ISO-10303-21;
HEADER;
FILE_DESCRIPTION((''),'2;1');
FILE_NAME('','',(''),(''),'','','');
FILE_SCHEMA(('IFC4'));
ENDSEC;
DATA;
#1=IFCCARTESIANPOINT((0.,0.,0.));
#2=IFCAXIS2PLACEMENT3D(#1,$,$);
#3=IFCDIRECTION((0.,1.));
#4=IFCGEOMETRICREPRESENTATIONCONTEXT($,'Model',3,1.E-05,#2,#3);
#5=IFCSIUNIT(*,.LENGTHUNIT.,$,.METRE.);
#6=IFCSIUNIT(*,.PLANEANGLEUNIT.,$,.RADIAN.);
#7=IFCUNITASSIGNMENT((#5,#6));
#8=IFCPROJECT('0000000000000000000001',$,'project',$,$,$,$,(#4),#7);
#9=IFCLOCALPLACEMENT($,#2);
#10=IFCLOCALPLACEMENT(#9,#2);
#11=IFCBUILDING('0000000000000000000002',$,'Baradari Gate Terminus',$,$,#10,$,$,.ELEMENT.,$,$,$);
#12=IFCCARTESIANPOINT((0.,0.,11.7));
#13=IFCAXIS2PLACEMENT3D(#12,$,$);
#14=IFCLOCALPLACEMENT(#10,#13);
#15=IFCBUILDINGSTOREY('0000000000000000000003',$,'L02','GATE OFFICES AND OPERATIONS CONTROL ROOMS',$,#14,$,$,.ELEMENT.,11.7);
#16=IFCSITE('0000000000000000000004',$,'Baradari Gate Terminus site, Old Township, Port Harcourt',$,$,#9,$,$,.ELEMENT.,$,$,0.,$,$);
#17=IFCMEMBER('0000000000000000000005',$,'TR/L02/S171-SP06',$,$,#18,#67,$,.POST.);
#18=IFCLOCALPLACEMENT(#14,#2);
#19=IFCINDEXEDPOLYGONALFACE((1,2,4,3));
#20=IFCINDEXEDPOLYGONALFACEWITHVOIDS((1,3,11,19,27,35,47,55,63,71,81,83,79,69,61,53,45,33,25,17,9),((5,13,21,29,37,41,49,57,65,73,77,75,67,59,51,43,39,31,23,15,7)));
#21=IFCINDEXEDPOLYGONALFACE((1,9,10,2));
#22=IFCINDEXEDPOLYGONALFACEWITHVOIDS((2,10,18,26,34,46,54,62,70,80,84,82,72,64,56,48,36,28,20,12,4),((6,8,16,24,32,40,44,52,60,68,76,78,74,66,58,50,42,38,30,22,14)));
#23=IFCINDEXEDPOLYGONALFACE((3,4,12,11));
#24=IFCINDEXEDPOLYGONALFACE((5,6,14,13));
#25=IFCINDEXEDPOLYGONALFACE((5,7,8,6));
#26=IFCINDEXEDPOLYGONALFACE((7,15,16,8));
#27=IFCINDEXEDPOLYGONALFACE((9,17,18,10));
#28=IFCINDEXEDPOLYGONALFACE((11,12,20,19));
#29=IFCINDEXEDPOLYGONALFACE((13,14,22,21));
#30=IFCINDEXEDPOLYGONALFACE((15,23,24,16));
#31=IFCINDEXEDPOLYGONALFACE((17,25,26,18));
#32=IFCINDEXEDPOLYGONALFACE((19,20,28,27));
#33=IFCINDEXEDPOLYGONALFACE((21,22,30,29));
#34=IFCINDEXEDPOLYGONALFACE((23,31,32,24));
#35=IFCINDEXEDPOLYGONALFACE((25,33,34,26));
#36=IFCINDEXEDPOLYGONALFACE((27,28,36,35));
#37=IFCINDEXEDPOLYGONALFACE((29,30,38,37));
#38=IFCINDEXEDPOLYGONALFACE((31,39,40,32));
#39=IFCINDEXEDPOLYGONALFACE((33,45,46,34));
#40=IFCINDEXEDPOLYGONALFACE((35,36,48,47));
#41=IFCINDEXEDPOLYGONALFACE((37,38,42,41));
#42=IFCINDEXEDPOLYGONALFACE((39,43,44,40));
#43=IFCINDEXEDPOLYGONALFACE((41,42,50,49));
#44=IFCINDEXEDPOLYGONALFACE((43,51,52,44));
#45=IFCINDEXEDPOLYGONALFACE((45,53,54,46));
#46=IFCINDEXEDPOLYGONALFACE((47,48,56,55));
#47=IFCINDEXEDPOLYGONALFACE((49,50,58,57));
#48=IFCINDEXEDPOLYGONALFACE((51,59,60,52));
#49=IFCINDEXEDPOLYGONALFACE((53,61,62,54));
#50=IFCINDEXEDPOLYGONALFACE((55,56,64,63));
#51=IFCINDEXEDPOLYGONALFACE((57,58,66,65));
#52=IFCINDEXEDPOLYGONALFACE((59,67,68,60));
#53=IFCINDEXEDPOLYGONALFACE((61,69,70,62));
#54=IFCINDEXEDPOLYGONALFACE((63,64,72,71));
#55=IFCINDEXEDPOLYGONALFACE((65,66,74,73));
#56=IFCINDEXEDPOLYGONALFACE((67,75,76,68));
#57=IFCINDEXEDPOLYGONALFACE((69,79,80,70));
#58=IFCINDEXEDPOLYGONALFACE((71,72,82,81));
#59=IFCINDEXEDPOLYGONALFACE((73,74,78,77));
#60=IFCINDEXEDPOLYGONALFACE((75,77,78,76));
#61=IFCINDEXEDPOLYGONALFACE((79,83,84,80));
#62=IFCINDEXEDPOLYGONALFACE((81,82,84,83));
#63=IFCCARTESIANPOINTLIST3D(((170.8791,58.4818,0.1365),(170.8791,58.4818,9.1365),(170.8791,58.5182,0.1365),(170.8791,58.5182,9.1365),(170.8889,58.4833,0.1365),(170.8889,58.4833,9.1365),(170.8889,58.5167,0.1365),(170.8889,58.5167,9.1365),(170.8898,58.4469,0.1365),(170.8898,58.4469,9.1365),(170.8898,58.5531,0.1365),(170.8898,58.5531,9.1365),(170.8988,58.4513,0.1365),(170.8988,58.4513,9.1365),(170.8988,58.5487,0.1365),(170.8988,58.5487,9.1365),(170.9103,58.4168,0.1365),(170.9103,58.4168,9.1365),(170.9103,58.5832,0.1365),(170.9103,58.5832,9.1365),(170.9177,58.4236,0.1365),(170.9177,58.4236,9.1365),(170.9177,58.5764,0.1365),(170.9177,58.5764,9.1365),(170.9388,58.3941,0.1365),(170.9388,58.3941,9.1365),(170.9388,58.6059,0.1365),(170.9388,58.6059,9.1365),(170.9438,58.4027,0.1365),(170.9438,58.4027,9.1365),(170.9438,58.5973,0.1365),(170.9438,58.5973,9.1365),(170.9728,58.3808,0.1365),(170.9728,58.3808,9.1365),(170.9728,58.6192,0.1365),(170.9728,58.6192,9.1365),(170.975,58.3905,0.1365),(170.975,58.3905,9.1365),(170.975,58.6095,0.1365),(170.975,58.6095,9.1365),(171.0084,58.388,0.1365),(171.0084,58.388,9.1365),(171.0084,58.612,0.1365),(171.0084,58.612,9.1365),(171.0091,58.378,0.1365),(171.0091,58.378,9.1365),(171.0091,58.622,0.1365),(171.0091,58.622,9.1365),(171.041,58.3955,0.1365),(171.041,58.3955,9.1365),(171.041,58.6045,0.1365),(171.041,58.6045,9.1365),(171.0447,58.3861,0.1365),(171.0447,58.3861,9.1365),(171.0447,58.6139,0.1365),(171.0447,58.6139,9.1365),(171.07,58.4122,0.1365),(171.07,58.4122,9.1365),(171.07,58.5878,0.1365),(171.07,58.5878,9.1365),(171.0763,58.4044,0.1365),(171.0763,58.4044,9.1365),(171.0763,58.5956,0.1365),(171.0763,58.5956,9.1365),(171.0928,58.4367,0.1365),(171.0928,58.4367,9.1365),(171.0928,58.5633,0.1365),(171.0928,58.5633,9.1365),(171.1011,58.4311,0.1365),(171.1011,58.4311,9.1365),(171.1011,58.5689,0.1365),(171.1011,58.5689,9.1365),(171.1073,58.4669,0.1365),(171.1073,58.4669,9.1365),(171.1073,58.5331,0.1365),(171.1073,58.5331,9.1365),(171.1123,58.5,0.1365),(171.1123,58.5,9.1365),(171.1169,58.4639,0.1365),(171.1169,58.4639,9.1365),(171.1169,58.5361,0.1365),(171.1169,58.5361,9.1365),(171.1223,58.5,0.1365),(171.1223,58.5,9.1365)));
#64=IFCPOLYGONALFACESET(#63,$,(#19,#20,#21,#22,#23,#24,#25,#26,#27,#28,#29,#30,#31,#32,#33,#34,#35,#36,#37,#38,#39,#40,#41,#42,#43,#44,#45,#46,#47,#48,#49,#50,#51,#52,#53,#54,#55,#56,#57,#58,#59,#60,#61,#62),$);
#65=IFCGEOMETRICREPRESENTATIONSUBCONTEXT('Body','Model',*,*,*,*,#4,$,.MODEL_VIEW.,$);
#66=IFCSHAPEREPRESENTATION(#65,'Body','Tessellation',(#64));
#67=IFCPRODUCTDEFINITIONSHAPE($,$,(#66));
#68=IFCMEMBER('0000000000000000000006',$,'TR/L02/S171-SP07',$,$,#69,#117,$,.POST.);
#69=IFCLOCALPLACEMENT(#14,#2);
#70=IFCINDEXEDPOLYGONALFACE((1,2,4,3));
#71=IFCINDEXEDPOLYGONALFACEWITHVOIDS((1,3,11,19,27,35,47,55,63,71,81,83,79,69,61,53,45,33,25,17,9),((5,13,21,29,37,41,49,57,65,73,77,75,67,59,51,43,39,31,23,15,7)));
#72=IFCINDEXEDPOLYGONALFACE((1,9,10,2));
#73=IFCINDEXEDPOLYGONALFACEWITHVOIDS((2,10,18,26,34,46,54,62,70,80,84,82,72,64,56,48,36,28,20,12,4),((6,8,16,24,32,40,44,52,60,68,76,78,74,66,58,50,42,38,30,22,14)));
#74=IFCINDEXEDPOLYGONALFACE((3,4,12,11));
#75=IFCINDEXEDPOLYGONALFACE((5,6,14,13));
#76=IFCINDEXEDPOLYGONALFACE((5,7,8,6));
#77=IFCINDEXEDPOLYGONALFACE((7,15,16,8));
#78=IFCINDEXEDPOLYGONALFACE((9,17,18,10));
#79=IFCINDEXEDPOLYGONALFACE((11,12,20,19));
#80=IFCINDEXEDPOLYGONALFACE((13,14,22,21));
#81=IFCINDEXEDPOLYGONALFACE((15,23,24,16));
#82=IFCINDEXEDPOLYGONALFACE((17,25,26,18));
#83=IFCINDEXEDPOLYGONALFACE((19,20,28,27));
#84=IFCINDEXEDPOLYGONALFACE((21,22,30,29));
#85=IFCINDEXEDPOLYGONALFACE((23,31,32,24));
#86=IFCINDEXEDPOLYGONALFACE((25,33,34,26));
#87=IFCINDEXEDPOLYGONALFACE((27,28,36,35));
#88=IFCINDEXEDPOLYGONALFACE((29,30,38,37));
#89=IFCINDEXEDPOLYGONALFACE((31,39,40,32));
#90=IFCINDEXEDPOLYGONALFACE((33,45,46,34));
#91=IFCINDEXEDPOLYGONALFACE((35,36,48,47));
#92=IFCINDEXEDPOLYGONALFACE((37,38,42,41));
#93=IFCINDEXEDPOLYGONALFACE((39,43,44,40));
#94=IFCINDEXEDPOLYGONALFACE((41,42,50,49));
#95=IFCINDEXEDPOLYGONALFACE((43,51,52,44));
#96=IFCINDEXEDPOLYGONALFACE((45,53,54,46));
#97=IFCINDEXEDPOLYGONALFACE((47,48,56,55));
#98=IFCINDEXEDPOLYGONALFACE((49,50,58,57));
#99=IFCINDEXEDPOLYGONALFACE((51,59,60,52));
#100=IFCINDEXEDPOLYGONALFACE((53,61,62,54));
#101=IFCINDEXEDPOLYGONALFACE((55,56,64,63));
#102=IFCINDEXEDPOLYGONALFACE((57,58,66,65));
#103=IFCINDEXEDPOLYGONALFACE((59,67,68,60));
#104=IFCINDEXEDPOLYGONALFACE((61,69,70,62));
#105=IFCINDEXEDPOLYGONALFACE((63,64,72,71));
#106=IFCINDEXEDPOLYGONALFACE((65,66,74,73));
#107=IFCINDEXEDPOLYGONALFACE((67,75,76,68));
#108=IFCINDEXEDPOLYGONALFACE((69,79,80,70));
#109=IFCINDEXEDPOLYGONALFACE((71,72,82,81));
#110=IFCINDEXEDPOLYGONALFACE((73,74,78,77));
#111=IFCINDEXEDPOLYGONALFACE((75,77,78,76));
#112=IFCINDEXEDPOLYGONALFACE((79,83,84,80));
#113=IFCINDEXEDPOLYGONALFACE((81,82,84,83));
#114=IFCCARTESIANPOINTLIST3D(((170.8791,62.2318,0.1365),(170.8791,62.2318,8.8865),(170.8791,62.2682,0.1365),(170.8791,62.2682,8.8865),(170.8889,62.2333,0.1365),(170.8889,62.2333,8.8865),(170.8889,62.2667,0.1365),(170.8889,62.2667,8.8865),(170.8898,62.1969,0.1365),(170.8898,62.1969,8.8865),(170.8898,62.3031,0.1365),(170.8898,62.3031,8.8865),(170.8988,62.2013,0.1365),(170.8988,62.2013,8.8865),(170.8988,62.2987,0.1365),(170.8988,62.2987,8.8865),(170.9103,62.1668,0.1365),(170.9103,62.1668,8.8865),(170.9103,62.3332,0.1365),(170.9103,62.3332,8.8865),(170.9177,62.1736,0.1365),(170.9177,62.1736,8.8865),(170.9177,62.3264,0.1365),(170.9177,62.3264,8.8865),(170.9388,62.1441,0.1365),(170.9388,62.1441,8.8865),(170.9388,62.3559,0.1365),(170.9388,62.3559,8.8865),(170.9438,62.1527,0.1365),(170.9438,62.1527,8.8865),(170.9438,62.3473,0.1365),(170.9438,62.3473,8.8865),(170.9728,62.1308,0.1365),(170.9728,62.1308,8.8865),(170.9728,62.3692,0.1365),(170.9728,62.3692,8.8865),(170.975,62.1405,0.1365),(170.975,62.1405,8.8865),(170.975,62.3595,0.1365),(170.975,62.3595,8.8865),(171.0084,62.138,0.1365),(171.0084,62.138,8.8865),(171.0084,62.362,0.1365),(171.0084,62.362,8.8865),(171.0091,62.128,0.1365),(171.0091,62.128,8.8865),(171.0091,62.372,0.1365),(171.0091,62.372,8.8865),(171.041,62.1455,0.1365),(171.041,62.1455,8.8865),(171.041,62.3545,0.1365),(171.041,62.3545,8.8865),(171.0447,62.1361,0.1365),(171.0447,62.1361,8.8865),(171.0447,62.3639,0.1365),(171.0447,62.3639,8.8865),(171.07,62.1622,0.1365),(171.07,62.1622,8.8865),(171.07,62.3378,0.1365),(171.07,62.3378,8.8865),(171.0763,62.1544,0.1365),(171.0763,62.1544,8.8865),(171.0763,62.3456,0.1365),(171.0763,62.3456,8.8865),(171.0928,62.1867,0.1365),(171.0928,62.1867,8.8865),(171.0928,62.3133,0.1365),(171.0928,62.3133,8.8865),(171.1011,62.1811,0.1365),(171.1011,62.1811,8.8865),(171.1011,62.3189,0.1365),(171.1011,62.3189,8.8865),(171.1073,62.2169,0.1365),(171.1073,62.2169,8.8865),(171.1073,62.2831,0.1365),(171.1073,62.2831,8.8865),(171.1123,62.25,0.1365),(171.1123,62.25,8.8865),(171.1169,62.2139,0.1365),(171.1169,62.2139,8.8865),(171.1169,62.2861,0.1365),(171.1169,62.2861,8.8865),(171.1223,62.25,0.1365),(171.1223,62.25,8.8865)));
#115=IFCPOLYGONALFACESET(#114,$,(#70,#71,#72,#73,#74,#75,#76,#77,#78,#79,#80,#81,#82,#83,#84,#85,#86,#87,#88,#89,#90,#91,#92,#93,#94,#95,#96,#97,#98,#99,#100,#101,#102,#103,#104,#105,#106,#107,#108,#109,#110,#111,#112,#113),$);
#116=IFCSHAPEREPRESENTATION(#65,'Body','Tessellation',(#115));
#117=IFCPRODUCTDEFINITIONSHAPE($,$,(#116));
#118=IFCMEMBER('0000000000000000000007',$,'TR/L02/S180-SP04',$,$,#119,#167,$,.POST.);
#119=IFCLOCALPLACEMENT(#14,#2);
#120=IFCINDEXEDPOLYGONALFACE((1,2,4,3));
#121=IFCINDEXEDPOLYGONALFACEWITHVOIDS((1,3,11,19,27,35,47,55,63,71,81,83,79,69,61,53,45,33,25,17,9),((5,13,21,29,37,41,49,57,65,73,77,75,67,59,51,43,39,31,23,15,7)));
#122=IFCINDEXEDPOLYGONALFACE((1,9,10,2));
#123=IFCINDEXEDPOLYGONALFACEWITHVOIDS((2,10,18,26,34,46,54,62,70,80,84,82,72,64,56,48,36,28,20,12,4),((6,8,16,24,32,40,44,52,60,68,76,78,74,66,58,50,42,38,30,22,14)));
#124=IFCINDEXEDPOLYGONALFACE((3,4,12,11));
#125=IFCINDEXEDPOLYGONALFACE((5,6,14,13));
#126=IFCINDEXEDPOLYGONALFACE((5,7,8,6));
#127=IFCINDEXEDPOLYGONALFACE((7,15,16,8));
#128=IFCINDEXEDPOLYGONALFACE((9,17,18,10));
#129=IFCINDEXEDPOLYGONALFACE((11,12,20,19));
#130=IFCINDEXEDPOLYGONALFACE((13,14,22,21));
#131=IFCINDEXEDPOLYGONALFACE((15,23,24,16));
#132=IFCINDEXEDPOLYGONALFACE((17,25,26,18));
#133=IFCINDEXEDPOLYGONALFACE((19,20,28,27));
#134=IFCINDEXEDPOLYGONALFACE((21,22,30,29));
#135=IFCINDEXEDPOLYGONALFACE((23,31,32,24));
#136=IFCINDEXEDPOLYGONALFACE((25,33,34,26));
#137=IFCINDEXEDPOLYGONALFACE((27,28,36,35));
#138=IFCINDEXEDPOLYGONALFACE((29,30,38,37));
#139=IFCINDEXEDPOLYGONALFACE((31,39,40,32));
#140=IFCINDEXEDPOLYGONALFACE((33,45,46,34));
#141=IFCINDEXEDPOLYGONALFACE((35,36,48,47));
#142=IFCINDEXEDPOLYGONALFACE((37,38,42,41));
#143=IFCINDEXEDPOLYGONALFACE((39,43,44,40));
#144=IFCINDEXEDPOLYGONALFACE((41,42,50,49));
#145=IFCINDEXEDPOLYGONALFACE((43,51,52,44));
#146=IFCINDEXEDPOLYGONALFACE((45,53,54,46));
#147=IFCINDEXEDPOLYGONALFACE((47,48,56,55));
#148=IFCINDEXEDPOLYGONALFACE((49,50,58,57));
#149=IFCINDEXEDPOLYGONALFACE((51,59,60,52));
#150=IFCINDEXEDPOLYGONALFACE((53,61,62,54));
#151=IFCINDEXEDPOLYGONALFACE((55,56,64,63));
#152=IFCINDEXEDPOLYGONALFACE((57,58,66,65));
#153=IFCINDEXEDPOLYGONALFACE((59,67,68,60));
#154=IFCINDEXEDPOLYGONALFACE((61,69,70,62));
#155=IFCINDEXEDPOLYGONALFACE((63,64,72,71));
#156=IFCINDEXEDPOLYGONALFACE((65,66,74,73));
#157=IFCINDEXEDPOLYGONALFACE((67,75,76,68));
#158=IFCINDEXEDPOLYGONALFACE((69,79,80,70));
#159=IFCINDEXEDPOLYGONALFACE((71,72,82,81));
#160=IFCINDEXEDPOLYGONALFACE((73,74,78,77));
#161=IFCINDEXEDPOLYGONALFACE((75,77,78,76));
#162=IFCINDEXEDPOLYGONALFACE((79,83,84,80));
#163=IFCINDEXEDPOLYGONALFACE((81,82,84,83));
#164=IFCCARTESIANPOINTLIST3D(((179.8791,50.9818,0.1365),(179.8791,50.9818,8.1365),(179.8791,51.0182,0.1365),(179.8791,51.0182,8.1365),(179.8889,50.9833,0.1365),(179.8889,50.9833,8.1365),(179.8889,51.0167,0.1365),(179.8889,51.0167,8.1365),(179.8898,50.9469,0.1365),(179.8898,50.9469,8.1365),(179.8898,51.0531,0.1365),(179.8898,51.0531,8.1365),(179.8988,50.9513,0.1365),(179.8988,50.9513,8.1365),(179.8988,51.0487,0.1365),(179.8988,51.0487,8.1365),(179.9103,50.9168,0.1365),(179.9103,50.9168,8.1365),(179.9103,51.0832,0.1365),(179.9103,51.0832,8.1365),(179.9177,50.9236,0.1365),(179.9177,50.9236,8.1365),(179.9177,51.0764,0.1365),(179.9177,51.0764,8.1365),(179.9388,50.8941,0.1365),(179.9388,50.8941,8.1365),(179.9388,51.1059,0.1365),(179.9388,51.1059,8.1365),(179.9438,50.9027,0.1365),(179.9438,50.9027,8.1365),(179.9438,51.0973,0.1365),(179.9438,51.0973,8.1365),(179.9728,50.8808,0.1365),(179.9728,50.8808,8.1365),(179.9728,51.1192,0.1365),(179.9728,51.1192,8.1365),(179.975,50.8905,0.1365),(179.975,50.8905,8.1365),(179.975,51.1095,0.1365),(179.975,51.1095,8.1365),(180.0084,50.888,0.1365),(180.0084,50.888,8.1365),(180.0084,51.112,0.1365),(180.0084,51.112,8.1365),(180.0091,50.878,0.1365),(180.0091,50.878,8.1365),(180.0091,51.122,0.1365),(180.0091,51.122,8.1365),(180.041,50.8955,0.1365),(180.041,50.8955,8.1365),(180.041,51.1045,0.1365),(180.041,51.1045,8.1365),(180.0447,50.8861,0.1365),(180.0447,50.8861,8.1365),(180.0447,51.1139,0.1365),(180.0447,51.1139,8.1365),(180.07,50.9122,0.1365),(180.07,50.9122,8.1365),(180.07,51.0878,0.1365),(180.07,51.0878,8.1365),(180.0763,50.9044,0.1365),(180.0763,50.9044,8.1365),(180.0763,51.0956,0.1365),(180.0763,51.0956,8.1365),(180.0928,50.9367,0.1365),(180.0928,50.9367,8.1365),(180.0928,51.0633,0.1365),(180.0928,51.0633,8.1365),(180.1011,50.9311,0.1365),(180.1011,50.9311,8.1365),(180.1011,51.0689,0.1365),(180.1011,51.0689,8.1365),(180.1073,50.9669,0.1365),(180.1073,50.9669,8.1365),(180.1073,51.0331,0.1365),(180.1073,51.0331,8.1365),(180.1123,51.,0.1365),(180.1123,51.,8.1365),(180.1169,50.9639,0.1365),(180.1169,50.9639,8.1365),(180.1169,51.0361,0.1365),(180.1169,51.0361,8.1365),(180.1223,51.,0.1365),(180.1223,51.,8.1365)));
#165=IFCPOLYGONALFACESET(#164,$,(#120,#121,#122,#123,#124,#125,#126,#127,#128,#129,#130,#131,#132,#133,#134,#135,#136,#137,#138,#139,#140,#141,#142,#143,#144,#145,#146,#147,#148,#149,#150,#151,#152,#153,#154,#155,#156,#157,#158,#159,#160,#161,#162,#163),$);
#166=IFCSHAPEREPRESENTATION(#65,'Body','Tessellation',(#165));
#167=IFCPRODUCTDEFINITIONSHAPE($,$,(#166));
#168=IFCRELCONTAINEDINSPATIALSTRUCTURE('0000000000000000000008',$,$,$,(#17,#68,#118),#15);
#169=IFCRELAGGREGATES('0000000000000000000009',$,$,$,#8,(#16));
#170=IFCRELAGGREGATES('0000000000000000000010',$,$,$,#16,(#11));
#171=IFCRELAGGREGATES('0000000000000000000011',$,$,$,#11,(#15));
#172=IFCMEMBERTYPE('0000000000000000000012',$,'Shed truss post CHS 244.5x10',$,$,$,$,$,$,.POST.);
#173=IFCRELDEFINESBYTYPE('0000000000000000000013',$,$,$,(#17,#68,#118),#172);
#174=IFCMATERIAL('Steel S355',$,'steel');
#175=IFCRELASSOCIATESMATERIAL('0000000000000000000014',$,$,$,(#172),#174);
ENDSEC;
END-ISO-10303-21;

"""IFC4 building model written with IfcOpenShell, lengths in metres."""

from ifc_helpers import new_model, si_unit, direction, frame, origin, origin_2d, place, context, subcontext, project, spatial, hollow_circle, extrude, material, material_profile, profile_set, type_object, element, save


model = new_model("IFC4")

# Units and contexts
model_context = context("Model", 3, precision=1e-05, world=origin(), true_north=direction((0.0, 1.0)))
body_context = subcontext(model_context, "Body", "Model", "MODEL_VIEW")
ifc_project = project(units=[si_unit("LENGTHUNIT", "METRE"), si_unit("PLANEANGLEUNIT", "RADIAN")], contexts=[model_context])

# Site, building, storey
site_placement = place(None, origin())
site = spatial("IfcSite", under=ifc_project, at=site_placement, Name="Baradari Gate Terminus site, Old Township, Port Harcourt", CompositionType="ELEMENT", RefElevation=0.0)
building_placement = place(site_placement, origin())
building = spatial("IfcBuilding", under=site, at=building_placement, Name="Baradari Gate Terminus", CompositionType="ELEMENT")
storey_placement = place(building_placement, frame((0.0, 0.0, 11.7)))
storey = spatial("IfcBuildingStorey", under=building, at=storey_placement, Name="L02", Description="GATE OFFICES AND OPERATIONS CONTROL ROOMS", CompositionType="ELEMENT", Elevation=11.7)

# Members
ifc_material_1 = material(Name="Steel S355", Category="steel")
ifc_material_profile_1 = material_profile(ifc_material_1, hollow_circle(Radius=0.1223, WallThickness=0.01, at=origin_2d()), Name="CHS 244.5x10")
ifc_profile_set_1 = profile_set([ifc_material_profile_1], Name="Steel S355")
member_type_1 = type_object("IfcMemberType", Name="Shed truss post CHS 244.5x10", PredefinedType="POST", material=ifc_profile_set_1)
member_1_placement = place(storey_placement, frame((171.0, 58.5, 0.1365), z_axis=(0.0, 0.0, 1.0), x_axis=(1.0, 0.0, 0.0)))
element("IfcMember", 1, at=member_1_placement, inside=storey, type_object=member_type_1, Name="TR/L02/S171-SP06", PredefinedType="POST", context=body_context, shape_type="SweptSolid", body=[
    extrude(hollow_circle(Radius=0.1223, WallThickness=0.01, at=origin_2d()), origin(), (0.0, 0.0, 1.0), 9.0),
])
member_2_placement = place(storey_placement, frame((171.0, 62.25, 0.1365), z_axis=(0.0, 0.0, 1.0), x_axis=(1.0, 0.0, 0.0)))
element("IfcMember", 2, at=member_2_placement, inside=storey, type_object=member_type_1, Name="TR/L02/S171-SP07", PredefinedType="POST", context=body_context, shape_type="SweptSolid", body=[
    extrude(hollow_circle(Radius=0.1223, WallThickness=0.01, at=origin_2d()), origin(), (0.0, 0.0, 1.0), 8.75),
])
member_3_placement = place(storey_placement, frame((180.0, 51.0, 0.1365), z_axis=(0.0, 0.0, 1.0), x_axis=(1.0, 0.0, 0.0)))
element("IfcMember", 3, at=member_3_placement, inside=storey, type_object=member_type_1, Name="TR/L02/S180-SP04", PredefinedType="POST", context=body_context, shape_type="SweptSolid", body=[
    extrude(hollow_circle(Radius=0.1223, WallThickness=0.01, at=origin_2d()), origin(), (0.0, 0.0, 1.0), 8.0),
])

save(model, "model.ifc")
